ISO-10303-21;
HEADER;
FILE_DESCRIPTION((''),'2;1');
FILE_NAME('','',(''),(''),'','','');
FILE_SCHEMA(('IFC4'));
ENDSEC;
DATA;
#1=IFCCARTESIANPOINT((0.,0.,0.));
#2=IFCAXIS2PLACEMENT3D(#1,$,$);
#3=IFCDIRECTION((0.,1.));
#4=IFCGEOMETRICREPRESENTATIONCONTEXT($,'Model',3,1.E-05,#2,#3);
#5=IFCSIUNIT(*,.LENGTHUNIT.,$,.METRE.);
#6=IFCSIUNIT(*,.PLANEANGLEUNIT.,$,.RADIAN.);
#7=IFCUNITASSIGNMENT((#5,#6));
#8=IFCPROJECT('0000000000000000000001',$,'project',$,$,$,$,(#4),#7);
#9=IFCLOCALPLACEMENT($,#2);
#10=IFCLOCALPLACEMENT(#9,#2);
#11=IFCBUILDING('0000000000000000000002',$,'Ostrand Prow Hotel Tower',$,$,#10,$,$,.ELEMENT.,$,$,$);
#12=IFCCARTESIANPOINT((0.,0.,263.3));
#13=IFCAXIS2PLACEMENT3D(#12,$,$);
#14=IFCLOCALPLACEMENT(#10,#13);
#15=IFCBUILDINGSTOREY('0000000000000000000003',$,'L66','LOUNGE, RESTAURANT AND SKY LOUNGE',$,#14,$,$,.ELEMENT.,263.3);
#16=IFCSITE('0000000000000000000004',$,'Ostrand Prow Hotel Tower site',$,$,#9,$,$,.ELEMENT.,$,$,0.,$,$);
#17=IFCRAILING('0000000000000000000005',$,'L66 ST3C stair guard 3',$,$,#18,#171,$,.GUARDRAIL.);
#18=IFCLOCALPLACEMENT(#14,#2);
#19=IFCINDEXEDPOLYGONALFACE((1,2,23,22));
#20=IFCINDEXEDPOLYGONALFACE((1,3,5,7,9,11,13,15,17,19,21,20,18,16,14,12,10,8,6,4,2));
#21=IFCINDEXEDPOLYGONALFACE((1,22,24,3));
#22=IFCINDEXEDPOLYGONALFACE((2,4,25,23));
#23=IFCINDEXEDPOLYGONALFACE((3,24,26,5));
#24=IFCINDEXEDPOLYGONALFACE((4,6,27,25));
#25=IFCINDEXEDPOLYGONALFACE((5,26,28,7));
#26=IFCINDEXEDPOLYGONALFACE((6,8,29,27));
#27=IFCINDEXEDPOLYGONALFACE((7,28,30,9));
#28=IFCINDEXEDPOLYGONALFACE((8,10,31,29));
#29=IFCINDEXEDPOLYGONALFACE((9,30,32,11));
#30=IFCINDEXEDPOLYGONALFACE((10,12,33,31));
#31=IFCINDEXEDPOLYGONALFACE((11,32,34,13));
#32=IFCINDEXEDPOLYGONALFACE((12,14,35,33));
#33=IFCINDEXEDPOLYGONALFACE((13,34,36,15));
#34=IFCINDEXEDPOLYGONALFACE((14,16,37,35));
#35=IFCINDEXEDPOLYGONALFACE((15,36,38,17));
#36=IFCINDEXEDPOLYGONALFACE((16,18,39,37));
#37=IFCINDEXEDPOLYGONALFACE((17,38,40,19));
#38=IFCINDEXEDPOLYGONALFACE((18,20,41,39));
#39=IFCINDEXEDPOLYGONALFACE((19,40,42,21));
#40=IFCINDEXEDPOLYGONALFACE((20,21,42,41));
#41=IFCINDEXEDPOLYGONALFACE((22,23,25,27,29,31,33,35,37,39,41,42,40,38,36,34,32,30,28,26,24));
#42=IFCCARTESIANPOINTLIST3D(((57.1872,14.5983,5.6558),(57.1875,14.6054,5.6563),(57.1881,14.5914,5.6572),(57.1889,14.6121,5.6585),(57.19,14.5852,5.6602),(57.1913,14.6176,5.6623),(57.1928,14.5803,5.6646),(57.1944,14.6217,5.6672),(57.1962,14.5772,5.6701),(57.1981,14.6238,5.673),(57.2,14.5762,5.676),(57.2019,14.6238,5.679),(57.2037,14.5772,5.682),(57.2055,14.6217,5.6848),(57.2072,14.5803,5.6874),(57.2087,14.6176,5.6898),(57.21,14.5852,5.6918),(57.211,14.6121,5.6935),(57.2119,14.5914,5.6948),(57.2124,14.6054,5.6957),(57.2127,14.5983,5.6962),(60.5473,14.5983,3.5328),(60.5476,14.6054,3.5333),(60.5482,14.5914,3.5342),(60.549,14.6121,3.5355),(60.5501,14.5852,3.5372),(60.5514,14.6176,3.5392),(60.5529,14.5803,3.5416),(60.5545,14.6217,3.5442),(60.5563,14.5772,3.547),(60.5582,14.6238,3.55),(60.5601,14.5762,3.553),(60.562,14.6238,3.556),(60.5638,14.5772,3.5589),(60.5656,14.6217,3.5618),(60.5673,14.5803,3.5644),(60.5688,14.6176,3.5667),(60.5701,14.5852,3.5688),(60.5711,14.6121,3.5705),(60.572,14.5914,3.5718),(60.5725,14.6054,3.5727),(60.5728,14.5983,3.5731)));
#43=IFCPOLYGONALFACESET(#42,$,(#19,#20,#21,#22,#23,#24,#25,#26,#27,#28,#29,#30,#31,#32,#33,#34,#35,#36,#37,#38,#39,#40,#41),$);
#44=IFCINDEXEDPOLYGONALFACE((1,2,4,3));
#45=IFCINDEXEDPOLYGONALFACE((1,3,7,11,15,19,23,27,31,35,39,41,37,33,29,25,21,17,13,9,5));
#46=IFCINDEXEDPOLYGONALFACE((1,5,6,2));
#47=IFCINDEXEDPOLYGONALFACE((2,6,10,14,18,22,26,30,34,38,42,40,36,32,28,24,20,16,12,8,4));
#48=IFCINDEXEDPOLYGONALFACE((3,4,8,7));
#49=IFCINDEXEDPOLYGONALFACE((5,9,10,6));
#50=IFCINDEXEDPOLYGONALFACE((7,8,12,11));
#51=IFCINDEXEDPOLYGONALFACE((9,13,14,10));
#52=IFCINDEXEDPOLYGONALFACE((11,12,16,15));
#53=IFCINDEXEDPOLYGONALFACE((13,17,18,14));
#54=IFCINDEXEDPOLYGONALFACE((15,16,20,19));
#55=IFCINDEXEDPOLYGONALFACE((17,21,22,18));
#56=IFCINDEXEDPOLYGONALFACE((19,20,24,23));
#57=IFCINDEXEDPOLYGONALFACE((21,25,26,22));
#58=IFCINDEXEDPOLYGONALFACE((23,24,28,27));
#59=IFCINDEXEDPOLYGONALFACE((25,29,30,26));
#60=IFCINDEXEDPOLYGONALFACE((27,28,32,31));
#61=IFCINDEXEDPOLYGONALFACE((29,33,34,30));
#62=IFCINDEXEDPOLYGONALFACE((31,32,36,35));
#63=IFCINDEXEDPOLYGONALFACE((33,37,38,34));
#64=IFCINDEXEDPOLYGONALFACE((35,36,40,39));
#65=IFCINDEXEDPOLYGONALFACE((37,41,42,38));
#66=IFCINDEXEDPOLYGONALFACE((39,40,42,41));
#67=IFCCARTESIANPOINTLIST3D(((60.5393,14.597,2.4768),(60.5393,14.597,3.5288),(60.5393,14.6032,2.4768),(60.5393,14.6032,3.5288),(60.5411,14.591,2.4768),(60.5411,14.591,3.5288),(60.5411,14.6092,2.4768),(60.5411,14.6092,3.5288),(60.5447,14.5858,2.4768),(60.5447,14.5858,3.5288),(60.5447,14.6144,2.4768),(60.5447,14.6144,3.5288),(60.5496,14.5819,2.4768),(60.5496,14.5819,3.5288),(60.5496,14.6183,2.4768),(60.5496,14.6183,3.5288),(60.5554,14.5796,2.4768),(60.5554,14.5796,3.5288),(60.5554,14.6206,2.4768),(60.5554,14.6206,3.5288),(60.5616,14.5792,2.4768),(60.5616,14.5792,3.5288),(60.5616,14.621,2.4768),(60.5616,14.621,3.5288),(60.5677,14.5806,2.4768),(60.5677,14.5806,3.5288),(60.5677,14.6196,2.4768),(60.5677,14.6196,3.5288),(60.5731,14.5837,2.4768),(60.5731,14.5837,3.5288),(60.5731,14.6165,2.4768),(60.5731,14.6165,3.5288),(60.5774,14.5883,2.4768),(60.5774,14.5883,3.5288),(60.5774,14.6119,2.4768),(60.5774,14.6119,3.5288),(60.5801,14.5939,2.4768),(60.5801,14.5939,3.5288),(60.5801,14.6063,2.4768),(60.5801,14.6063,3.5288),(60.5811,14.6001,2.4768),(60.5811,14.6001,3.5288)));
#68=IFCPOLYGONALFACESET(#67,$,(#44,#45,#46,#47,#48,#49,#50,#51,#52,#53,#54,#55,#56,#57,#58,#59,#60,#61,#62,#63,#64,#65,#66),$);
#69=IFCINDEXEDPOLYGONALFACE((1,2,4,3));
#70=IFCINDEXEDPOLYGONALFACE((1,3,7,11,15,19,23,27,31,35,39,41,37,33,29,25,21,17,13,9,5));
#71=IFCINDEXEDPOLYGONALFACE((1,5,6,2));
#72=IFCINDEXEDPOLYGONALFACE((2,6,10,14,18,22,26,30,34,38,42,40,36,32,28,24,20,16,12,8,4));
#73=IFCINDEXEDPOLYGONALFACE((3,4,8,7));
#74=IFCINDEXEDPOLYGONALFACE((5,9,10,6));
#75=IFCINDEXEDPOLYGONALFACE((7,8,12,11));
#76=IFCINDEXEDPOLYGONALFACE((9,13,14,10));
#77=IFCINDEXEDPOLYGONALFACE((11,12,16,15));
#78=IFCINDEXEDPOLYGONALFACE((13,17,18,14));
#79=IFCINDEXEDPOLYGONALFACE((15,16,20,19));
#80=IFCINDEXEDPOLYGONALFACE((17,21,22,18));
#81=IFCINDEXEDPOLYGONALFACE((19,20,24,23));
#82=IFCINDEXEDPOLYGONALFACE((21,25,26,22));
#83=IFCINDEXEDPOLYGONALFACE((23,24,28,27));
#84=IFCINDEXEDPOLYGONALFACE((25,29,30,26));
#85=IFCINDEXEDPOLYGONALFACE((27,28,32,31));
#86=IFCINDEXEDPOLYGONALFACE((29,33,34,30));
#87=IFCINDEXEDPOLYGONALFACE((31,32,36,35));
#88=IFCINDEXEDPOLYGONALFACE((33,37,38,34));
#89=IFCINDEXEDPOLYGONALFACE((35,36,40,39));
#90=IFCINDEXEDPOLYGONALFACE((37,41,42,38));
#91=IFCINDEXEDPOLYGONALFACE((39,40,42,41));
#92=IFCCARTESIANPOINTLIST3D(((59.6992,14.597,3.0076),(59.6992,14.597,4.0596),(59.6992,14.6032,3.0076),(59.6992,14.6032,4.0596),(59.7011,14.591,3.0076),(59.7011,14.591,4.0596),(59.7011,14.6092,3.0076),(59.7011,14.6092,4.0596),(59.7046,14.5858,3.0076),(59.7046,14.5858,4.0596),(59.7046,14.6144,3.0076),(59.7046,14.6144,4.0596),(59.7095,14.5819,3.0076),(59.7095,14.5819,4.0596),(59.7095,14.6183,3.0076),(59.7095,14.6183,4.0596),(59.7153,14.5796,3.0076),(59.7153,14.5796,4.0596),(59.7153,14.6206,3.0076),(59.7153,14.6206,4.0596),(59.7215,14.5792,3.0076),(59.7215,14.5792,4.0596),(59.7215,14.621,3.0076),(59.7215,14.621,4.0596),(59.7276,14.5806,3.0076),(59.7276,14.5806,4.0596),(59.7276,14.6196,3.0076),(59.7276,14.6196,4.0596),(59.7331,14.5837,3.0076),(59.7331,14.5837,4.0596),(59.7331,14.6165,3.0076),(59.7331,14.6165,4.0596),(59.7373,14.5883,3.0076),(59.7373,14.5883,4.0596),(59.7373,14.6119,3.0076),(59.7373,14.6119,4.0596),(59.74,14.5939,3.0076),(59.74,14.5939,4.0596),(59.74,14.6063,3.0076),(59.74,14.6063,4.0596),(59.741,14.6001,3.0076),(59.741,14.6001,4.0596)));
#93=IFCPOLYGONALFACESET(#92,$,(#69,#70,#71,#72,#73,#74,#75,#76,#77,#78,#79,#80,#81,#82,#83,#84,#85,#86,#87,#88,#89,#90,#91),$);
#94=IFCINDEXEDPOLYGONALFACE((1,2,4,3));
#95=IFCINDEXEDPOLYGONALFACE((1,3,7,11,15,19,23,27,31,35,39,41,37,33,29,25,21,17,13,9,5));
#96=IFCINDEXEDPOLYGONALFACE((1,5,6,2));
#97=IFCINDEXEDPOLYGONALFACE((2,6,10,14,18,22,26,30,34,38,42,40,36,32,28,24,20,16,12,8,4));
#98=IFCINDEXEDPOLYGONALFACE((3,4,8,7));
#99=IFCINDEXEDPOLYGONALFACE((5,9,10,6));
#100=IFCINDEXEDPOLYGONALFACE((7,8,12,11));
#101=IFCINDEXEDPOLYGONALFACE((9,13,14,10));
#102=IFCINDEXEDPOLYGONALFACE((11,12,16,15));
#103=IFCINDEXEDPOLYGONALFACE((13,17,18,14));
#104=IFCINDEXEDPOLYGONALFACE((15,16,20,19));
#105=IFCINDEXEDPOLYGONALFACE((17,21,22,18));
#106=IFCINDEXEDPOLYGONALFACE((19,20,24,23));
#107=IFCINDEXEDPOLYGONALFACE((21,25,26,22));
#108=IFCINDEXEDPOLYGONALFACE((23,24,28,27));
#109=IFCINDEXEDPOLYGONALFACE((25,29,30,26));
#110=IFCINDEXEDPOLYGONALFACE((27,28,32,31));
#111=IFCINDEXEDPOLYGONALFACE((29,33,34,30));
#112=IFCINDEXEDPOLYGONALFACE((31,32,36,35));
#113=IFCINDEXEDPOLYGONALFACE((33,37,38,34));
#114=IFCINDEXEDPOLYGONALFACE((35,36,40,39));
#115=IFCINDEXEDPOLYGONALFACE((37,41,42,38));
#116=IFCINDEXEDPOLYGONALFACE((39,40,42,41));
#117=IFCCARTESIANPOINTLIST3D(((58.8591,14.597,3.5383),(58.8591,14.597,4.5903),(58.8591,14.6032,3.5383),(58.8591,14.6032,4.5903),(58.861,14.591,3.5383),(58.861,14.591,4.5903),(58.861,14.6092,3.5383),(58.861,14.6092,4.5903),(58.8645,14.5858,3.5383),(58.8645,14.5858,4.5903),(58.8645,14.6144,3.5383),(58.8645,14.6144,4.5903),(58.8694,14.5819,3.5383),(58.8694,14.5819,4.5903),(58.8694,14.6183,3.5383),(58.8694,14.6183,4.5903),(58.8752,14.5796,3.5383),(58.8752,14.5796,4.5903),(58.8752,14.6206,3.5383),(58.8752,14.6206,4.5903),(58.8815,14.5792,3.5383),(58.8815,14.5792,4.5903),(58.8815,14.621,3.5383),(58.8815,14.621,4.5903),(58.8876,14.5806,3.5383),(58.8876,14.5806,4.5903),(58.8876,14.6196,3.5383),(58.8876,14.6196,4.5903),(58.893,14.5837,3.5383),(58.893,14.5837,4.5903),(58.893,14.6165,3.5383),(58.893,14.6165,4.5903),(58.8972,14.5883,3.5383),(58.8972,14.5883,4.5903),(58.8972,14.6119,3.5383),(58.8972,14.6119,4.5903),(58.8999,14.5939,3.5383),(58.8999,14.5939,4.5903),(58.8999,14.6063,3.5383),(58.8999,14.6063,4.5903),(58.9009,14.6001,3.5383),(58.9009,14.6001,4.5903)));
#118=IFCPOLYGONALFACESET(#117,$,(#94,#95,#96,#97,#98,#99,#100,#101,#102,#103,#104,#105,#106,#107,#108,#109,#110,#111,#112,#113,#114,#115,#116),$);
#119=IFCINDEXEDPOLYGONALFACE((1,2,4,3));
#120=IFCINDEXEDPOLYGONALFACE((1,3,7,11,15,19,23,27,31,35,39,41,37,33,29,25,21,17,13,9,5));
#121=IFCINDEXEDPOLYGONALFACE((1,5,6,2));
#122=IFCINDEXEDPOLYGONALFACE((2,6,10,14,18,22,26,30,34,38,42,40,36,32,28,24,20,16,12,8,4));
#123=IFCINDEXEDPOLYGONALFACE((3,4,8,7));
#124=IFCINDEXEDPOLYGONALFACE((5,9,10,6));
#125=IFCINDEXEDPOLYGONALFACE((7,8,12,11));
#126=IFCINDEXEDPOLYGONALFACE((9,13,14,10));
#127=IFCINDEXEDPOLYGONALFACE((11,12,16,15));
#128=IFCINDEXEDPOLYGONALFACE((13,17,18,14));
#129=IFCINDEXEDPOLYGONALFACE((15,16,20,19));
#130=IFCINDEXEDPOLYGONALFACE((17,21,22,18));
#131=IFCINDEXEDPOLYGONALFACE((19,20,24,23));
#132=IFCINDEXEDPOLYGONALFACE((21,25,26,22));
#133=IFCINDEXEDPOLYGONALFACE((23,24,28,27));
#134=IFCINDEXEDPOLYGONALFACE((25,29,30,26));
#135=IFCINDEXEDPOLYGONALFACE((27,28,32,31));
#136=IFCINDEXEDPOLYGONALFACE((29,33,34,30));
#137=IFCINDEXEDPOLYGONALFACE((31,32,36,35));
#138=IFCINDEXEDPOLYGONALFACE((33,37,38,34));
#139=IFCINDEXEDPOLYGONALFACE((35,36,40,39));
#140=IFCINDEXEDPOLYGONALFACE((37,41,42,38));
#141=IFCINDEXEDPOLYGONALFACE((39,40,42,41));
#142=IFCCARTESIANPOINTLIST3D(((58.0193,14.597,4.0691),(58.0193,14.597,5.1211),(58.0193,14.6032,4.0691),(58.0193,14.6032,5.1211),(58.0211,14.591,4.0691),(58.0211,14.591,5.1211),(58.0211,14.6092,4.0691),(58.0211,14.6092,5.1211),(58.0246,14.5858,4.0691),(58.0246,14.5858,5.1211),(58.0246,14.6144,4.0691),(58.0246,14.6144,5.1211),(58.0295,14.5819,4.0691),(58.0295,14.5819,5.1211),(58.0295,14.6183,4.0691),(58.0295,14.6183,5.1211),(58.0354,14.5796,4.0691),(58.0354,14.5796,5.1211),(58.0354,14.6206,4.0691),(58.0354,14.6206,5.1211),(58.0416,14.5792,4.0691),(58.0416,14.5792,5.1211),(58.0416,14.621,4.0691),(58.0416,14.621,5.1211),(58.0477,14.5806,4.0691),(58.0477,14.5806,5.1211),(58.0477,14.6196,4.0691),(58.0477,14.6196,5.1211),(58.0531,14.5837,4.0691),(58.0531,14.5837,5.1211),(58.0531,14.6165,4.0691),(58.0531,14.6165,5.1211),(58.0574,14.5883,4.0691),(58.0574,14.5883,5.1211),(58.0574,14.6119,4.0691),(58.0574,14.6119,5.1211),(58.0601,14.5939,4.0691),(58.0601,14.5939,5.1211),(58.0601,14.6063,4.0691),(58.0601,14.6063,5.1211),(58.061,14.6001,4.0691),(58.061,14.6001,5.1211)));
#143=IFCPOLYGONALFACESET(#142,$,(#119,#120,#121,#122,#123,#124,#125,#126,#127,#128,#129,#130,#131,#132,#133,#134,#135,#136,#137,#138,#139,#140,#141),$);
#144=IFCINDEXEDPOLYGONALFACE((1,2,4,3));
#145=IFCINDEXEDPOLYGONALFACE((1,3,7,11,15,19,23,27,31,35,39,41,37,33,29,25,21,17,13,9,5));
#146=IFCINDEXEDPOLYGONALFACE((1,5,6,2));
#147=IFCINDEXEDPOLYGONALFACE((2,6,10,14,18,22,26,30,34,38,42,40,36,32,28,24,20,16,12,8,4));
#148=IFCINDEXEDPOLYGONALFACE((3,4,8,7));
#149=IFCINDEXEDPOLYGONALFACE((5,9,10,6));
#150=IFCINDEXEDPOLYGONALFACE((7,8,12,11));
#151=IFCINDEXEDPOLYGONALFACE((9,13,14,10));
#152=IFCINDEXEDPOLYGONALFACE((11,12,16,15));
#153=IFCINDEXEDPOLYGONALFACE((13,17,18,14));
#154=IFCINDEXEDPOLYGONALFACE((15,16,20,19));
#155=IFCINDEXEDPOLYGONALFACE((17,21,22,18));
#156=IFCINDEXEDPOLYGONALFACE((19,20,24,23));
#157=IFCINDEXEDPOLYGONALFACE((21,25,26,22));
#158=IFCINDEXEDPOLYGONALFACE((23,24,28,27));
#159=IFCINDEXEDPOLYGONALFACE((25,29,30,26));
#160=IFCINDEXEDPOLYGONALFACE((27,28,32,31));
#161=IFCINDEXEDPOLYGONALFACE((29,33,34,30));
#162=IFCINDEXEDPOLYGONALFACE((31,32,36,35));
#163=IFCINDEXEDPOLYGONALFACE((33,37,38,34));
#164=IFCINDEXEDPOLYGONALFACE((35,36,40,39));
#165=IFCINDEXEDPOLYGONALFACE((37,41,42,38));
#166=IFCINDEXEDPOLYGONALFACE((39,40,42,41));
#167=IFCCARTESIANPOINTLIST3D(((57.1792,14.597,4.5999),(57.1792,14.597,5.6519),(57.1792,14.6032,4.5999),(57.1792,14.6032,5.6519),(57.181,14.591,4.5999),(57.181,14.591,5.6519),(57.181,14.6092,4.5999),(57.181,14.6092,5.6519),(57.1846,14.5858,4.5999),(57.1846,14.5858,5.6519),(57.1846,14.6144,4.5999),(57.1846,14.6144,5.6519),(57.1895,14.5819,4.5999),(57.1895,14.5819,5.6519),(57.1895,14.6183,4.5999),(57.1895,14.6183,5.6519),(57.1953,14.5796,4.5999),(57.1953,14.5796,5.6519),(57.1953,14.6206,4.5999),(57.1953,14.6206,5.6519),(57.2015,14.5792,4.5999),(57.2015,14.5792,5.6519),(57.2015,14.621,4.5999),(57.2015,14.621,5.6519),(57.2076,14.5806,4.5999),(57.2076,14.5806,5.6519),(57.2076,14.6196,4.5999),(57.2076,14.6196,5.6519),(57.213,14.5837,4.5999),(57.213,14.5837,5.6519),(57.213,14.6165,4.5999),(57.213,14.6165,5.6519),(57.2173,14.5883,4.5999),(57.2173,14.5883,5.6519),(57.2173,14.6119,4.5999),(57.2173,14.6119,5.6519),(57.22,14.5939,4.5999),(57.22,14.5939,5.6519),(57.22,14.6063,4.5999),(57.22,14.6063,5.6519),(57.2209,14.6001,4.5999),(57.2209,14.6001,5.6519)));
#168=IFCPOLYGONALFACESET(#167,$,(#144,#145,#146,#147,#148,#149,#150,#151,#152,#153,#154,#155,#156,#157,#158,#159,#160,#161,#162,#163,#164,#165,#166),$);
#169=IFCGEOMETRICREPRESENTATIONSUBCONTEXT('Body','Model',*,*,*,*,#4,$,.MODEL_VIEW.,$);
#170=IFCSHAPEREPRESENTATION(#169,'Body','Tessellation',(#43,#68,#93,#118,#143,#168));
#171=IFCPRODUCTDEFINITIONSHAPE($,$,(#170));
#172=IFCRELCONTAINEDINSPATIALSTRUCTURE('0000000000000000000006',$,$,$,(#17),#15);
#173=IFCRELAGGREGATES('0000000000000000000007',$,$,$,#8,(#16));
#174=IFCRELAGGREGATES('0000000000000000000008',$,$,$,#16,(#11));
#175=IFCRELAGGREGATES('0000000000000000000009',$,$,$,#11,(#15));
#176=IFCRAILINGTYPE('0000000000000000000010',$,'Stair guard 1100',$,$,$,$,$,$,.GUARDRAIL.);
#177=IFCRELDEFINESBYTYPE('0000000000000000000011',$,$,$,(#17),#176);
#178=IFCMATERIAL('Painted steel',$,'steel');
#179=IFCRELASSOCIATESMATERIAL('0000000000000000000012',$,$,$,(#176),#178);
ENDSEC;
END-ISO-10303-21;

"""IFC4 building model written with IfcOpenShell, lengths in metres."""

from ifc_helpers import new_model, si_unit, direction, frame, origin, origin_2d, place, context, subcontext, project, spatial, circle, extrude, material, type_object, element, save


model = new_model("IFC4")

# Units and contexts
model_context = context("Model", 3, precision=1e-05, world=origin(), true_north=direction((0.0, 1.0)))
body_context = subcontext(model_context, "Body", "Model", "MODEL_VIEW")
ifc_project = project(units=[si_unit("LENGTHUNIT", "METRE"), si_unit("PLANEANGLEUNIT", "RADIAN")], contexts=[model_context])

# Site, building, storey
site_placement = place(None, origin())
site = spatial("IfcSite", under=ifc_project, at=site_placement, Name="Ostrand Prow Hotel Tower site", CompositionType="ELEMENT", RefElevation=0.0)
building_placement = place(site_placement, origin())
building = spatial("IfcBuilding", under=site, at=building_placement, Name="Ostrand Prow Hotel Tower", CompositionType="ELEMENT")
storey_placement = place(building_placement, frame((0.0, 0.0, 263.3)))
storey = spatial("IfcBuildingStorey", under=building, at=storey_placement, Name="L66", Description="LOUNGE, RESTAURANT AND SKY LOUNGE", CompositionType="ELEMENT", Elevation=263.3)

# Railing
ifc_material_1 = material(Name="Painted steel", Category="steel")
railing_type_1 = type_object("IfcRailingType", Name="Stair guard 1100", PredefinedType="GUARDRAIL", material=ifc_material_1)
railing_1_placement = place(storey_placement, frame((60.5601, 14.6001, 2.4768)))
element("IfcRailing", 1, at=railing_1_placement, inside=storey, type_object=railing_type_1, Name="L66 ST3C stair guard 3", PredefinedType="GUARDRAIL", context=body_context, shape_type="SweptSolid", body=[
    extrude(circle(Radius=0.0239, at=origin_2d()), frame((0.0, 0.0, 1.0762), z_axis=(-0.84539, 0.0, 0.53415), x_axis=(0.0, -1.0, 0.0)), (0.0, 0.0, 1.0), 3.9746),
    extrude(circle(Radius=0.021, at=origin_2d()), origin(), (0.0, 0.0, 1.0), 1.052),
    extrude(circle(Radius=0.021, at=origin_2d()), frame((-0.8401, 0.0, 0.5308)), (0.0, 0.0, 1.0), 1.052),
    extrude(circle(Radius=0.021, at=origin_2d()), frame((-1.6802, 0.0, 1.0615)), (0.0, 0.0, 1.0), 1.052),
    extrude(circle(Radius=0.021, at=origin_2d()), frame((-2.52, 0.0, 1.5923)), (0.0, 0.0, 1.0), 1.052),
    extrude(circle(Radius=0.021, at=origin_2d()), frame((-3.3601, 0.0, 2.123)), (0.0, 0.0, 1.0), 1.052),
])

save(model, "model.ifc")
